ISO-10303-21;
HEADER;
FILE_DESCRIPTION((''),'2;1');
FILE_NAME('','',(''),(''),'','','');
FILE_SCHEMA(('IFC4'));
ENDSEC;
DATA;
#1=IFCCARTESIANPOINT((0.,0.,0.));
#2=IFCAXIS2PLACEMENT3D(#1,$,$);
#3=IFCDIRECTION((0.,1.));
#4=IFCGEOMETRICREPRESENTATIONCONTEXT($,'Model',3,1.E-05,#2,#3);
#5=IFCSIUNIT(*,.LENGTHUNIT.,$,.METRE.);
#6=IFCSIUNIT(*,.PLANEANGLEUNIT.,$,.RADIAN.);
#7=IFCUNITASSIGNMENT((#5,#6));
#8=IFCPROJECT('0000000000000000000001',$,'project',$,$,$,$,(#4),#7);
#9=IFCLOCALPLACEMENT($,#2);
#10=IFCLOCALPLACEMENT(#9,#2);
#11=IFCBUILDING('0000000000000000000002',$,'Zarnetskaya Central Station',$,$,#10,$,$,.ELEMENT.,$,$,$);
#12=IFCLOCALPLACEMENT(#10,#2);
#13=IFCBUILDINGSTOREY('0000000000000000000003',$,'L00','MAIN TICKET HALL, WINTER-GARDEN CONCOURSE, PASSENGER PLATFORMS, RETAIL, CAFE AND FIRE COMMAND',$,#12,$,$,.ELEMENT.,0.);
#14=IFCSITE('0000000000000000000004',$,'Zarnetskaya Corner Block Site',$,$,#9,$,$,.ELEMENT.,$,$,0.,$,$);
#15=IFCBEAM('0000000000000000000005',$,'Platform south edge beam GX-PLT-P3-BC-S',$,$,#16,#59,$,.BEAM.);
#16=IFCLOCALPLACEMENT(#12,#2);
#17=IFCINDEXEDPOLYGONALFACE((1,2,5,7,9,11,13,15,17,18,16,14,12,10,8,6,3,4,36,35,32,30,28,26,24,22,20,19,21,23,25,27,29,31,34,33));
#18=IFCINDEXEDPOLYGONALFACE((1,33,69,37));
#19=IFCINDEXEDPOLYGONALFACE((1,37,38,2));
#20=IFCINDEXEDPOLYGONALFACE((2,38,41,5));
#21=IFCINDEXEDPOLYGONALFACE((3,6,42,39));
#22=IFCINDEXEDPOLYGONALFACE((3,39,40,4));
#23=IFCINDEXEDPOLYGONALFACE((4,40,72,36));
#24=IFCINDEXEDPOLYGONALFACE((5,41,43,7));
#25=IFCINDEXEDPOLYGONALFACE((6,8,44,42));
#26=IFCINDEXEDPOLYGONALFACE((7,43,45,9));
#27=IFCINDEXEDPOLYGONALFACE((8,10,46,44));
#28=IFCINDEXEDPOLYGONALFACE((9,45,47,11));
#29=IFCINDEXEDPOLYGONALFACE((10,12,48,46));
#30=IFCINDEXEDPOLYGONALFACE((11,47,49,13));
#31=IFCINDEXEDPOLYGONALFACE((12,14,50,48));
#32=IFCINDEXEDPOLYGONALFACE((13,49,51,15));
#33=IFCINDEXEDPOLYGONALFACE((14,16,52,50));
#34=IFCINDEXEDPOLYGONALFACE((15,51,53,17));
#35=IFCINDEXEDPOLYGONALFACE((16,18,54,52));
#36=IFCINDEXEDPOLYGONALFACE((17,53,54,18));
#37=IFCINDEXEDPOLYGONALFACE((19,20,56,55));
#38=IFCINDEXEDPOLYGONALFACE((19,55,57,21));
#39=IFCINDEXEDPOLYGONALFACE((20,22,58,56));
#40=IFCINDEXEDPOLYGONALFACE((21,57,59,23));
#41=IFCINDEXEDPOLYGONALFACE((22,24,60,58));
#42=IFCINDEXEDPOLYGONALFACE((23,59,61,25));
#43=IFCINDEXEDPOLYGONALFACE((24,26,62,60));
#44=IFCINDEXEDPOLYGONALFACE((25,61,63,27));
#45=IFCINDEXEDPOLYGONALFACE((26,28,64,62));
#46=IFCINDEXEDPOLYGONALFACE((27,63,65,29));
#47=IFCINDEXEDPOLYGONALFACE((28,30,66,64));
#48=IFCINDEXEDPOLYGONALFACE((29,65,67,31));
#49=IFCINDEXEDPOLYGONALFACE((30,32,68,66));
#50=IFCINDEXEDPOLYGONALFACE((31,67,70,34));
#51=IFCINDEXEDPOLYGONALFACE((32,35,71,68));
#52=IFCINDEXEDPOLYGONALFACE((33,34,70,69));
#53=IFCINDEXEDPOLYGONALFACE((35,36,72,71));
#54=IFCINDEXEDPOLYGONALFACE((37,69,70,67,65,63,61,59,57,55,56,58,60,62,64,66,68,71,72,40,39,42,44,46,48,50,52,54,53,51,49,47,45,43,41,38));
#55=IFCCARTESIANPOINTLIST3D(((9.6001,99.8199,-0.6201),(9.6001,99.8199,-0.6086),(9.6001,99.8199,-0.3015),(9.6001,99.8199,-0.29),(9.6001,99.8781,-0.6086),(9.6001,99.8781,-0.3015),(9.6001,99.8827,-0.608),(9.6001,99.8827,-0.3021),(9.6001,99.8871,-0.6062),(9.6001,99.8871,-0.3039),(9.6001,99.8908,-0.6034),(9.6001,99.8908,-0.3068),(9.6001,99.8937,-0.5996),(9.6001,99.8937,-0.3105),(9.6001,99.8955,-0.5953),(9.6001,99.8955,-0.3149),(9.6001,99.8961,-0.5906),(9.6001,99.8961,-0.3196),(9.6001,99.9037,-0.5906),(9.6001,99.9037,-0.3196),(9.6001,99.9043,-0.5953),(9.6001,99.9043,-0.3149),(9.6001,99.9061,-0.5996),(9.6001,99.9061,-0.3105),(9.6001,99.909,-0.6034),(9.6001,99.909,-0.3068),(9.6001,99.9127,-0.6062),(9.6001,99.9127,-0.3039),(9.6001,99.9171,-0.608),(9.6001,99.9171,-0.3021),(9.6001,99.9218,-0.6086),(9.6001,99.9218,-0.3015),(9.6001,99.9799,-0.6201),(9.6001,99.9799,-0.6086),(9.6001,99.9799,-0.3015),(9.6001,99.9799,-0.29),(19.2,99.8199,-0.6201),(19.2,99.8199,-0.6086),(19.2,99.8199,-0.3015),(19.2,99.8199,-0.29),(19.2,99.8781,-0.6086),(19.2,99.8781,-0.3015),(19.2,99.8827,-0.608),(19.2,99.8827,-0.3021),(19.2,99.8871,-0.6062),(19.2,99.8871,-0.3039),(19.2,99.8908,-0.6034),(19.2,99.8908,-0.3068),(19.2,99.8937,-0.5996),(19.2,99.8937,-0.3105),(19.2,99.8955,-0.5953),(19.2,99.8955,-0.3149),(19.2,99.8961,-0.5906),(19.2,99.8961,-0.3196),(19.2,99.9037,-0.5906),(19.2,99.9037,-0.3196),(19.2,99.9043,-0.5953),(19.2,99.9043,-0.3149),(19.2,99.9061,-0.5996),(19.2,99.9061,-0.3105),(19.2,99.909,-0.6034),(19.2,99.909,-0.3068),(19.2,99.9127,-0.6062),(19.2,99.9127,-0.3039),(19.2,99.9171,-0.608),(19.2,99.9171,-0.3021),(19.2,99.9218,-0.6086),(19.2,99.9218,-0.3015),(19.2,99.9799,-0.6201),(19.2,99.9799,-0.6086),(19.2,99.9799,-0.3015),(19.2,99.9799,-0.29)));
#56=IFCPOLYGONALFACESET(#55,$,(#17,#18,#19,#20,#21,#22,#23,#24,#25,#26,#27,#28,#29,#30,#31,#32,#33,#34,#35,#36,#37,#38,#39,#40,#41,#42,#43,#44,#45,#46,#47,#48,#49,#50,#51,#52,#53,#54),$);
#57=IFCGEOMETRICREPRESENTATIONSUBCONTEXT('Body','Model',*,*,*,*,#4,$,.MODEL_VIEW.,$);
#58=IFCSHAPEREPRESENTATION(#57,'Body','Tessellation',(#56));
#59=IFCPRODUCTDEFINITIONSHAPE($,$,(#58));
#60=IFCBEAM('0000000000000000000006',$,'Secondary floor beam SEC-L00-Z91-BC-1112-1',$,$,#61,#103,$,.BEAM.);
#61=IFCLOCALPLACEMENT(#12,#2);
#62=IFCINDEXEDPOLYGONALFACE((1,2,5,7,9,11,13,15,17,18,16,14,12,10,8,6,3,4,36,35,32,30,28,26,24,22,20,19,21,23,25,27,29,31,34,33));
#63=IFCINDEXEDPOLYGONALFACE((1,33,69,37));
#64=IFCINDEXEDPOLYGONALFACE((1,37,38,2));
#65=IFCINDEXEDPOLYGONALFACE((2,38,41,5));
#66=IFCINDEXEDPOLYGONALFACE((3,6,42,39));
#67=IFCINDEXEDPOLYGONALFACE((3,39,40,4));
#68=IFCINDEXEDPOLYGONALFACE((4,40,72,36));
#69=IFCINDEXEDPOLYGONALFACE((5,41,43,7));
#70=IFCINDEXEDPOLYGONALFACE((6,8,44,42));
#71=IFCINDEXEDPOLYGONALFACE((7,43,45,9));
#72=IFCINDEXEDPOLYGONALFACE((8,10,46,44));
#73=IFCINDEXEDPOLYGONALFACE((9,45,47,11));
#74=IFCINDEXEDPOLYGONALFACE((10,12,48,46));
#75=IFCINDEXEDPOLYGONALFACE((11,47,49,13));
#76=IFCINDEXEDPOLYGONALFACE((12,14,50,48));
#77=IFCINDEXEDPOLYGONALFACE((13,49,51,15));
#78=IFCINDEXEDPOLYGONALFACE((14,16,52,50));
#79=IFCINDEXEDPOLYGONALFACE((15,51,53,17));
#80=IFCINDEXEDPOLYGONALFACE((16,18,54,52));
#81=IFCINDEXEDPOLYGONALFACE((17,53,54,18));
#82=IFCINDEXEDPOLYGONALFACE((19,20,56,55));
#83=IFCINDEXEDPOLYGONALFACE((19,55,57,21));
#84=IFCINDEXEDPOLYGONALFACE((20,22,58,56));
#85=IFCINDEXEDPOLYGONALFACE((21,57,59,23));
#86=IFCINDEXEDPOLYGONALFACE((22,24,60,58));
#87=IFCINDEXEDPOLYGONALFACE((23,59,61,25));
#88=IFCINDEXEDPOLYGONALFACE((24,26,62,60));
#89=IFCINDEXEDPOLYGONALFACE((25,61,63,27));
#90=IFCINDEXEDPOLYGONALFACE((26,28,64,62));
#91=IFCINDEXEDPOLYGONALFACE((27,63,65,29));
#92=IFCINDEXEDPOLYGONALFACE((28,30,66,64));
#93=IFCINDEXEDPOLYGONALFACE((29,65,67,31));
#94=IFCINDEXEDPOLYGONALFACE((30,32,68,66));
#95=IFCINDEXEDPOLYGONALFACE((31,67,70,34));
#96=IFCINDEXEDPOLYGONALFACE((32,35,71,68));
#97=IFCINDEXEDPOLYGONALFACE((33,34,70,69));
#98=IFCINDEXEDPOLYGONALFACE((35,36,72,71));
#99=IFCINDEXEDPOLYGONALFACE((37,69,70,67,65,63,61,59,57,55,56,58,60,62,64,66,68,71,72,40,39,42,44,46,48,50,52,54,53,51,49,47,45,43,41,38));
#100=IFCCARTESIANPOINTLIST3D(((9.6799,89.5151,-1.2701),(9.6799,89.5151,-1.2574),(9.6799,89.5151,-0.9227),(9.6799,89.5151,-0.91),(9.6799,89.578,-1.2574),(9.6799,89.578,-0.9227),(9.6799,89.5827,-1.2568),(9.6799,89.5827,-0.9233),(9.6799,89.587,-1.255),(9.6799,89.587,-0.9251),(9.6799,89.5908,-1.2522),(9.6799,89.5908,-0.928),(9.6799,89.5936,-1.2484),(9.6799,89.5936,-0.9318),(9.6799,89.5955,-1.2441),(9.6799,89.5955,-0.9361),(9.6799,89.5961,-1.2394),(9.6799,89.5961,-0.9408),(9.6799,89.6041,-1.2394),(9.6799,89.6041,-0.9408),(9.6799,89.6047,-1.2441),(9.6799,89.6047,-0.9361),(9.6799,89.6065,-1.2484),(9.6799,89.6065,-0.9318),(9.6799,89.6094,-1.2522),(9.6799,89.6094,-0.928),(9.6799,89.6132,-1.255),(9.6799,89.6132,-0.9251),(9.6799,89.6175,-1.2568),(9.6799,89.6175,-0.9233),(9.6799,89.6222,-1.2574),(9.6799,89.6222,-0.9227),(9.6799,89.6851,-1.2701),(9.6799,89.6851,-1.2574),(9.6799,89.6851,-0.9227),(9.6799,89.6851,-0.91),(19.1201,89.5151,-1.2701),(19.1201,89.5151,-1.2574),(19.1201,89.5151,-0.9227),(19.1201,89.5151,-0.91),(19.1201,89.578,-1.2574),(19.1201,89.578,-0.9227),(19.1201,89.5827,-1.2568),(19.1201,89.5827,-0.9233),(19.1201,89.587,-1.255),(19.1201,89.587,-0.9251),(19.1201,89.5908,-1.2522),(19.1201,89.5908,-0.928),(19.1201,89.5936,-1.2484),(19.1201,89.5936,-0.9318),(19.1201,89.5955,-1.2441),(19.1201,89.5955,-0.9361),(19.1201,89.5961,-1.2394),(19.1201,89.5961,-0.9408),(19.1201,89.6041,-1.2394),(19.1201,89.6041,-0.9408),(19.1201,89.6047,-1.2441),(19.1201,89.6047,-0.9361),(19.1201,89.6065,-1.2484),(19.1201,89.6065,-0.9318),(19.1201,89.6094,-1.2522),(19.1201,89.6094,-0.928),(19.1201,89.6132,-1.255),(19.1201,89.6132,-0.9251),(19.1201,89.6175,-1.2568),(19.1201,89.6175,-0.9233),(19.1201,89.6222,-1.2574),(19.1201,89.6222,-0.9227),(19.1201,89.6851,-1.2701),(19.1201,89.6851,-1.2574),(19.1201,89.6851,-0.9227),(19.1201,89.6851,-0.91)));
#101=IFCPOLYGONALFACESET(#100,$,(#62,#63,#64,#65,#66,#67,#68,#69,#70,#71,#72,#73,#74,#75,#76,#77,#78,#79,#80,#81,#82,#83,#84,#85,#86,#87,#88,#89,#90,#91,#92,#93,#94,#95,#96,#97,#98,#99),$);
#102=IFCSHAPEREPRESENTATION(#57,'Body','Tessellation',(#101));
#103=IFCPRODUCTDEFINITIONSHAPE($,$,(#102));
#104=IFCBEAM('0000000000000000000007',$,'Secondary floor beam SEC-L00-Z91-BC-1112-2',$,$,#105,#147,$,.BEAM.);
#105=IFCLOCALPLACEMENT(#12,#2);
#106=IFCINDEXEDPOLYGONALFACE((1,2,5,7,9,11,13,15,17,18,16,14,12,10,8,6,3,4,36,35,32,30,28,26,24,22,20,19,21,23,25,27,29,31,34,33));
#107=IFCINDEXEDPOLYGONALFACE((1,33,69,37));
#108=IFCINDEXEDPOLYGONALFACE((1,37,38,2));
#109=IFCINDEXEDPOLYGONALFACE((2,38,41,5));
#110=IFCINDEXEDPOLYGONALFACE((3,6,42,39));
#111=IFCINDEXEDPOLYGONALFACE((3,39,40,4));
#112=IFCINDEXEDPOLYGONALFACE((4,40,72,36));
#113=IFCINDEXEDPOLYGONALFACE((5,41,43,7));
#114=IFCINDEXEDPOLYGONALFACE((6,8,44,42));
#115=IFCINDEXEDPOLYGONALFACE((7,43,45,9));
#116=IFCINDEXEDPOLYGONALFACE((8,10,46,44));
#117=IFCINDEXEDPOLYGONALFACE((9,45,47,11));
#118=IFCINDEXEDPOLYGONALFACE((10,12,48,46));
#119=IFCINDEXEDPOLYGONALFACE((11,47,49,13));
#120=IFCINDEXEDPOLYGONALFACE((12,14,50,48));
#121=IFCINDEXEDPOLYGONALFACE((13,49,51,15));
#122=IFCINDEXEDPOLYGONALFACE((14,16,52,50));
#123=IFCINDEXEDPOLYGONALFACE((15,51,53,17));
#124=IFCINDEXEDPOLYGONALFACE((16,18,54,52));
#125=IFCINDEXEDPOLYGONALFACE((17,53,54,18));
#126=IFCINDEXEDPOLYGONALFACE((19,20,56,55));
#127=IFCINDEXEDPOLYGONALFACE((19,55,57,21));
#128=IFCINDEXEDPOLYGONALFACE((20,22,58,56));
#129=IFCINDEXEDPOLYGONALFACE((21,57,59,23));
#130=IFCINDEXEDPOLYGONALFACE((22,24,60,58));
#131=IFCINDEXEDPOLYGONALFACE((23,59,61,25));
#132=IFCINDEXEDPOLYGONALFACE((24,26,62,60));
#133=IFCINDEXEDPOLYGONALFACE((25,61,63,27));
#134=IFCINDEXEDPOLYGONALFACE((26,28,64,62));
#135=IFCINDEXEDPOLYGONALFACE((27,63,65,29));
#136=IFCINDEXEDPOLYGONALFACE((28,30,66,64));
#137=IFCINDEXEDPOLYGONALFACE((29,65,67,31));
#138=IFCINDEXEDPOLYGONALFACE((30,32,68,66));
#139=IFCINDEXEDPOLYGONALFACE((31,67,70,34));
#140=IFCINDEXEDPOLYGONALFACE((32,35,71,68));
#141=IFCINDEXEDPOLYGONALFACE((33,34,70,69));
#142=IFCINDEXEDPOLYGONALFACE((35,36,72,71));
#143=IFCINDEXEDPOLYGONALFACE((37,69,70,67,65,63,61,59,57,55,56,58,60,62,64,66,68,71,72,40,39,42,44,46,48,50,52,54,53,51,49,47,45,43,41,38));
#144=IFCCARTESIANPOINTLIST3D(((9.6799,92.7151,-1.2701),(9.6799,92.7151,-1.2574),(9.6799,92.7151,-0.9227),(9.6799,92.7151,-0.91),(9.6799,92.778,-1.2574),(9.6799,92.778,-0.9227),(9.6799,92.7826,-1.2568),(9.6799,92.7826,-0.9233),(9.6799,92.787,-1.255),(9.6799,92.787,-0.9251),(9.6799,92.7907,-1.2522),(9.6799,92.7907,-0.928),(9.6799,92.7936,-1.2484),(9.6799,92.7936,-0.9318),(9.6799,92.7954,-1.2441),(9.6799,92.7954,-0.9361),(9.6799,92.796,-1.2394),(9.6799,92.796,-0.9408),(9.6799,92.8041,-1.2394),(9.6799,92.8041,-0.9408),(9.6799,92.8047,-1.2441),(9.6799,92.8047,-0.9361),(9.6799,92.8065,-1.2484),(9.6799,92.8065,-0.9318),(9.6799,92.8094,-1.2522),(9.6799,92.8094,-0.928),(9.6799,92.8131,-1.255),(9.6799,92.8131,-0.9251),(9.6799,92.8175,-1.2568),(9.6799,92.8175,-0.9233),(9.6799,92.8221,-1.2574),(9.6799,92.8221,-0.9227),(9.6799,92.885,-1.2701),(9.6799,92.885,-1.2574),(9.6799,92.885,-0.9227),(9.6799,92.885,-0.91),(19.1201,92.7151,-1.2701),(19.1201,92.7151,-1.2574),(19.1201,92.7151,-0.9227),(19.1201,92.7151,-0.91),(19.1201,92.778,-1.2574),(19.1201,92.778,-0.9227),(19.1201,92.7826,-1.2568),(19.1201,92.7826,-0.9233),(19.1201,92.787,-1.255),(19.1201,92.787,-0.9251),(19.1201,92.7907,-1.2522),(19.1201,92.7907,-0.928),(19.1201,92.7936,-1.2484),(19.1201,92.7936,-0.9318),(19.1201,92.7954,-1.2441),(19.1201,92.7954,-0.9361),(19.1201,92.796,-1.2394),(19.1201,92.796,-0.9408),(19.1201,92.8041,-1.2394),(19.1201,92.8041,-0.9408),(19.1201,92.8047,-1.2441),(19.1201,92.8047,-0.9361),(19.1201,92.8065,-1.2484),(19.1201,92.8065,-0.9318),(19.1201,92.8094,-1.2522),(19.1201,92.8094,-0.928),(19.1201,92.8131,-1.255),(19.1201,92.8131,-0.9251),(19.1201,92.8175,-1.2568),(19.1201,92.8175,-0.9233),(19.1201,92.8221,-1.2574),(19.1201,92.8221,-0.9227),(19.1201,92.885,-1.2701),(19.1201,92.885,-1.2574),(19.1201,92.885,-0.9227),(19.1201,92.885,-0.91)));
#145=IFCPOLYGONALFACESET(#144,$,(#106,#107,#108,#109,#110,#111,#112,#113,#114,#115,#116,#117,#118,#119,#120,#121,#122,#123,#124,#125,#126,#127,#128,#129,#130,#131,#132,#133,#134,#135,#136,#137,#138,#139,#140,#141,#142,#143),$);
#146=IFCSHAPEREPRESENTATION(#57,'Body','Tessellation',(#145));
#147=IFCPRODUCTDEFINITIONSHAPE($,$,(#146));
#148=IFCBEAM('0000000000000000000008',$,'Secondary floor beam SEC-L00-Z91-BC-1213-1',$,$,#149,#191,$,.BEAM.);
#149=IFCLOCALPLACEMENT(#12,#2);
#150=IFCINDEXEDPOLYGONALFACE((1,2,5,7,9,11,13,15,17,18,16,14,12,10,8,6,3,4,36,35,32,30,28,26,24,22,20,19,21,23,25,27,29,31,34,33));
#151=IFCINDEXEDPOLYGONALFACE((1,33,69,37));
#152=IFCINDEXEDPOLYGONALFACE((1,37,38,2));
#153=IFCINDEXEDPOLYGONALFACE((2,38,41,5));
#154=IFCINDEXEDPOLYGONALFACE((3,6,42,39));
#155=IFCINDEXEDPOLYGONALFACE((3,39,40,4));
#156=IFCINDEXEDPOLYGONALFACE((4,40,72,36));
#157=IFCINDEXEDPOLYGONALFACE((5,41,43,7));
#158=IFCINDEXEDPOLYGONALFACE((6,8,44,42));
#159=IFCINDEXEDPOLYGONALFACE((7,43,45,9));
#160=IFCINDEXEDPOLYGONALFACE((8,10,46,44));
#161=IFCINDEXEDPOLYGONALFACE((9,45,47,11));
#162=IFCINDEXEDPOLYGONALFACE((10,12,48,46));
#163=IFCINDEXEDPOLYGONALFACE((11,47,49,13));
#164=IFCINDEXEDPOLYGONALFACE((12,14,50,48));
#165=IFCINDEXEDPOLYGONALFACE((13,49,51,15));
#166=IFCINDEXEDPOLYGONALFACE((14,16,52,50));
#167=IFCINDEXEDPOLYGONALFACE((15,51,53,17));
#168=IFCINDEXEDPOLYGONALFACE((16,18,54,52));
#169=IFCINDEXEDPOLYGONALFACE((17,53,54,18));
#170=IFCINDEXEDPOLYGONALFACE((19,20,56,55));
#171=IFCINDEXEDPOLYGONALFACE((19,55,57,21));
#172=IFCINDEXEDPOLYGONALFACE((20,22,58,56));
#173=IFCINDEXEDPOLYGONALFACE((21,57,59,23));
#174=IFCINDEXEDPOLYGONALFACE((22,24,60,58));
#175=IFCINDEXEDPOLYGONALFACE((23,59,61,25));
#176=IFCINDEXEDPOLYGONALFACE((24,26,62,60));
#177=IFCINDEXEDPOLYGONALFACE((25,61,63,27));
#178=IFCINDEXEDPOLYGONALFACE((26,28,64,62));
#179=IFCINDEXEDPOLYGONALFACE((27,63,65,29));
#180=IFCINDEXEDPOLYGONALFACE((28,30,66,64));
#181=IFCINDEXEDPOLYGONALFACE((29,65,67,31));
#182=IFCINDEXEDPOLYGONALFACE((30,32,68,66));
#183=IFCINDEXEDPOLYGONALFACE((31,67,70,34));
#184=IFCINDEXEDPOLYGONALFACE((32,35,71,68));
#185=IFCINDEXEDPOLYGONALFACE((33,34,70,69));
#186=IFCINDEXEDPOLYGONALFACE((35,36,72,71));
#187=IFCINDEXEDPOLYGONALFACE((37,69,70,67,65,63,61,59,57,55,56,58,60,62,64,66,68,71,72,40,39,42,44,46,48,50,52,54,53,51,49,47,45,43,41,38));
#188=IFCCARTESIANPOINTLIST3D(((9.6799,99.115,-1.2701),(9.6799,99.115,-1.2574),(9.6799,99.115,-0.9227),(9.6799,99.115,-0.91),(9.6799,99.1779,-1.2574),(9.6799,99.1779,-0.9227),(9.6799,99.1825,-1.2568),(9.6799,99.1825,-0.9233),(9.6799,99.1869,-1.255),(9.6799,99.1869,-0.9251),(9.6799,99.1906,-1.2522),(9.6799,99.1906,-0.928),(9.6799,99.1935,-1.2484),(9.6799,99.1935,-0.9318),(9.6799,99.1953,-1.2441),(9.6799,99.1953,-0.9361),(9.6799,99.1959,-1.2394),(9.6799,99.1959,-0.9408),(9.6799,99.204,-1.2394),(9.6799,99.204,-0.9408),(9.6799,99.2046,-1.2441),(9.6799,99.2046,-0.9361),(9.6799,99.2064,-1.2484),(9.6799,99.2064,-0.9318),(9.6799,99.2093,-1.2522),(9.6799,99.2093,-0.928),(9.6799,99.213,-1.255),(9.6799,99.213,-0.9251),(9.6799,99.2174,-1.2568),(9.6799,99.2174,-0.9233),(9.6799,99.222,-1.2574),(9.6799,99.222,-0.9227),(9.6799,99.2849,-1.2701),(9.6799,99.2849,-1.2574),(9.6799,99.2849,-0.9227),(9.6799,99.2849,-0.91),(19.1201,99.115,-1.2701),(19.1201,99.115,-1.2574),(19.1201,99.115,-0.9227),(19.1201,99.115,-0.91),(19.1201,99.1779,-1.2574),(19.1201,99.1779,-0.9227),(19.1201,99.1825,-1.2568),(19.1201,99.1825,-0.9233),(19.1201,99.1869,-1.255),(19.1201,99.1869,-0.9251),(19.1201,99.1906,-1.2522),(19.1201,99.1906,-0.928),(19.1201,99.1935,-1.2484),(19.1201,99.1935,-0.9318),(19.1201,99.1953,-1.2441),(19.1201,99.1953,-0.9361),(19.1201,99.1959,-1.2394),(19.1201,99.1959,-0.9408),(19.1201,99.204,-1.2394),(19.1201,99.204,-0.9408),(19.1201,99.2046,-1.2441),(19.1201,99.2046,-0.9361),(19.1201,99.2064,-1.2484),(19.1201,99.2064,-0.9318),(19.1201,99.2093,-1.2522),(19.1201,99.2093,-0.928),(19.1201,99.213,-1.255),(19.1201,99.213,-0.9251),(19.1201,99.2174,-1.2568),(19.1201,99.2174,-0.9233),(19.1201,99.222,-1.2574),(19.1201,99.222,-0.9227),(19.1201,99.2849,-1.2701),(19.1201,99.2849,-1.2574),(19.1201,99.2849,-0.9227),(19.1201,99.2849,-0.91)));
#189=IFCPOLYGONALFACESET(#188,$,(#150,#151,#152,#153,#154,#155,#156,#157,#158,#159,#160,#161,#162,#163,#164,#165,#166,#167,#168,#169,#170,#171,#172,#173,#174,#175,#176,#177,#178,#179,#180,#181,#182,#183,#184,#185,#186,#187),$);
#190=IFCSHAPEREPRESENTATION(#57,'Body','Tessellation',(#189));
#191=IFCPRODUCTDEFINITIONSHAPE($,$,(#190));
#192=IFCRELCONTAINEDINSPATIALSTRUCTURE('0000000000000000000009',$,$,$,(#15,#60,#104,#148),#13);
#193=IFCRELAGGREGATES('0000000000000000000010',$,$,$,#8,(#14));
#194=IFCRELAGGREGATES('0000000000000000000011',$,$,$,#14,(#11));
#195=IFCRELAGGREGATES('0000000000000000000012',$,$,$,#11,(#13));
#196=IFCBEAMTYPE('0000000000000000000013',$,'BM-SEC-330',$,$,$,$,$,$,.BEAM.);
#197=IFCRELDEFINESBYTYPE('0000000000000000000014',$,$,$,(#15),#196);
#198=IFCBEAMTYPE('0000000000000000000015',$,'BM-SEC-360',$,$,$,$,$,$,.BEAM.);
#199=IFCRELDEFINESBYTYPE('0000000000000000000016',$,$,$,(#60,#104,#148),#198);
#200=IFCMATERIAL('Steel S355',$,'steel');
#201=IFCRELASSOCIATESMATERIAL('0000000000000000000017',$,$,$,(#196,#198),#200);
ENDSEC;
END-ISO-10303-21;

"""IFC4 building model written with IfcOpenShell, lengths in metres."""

from ifc_helpers import new_model, si_unit, direction, frame, origin, origin_2d, place, context, subcontext, project, spatial, i_section, extrude, material, material_profile, profile_set, type_object, element, save


model = new_model("IFC4")

# Units and contexts
model_context = context("Model", 3, precision=1e-05, world=origin(), true_north=direction((0.0, 1.0)))
body_context = subcontext(model_context, "Body", "Model", "MODEL_VIEW")
ifc_project = project(units=[si_unit("LENGTHUNIT", "METRE"), si_unit("PLANEANGLEUNIT", "RADIAN")], contexts=[model_context])

# Site, building, storey
site_placement = place(None, origin())
site = spatial("IfcSite", under=ifc_project, at=site_placement, Name="Zarnetskaya Corner Block Site", CompositionType="ELEMENT", RefElevation=0.0)
building_placement = place(site_placement, origin())
building = spatial("IfcBuilding", under=site, at=building_placement, Name="Zarnetskaya Central Station", CompositionType="ELEMENT")
storey_placement = place(building_placement, origin())
storey = spatial("IfcBuildingStorey", under=building, at=storey_placement, Name="L00", Description="MAIN TICKET HALL, WINTER-GARDEN CONCOURSE, PASSENGER PLATFORMS, RETAIL, CAFE AND FIRE COMMAND", CompositionType="ELEMENT", Elevation=0.0)

# Shared definitions
ifc_material = material(Name="Steel S355", Category="steel")

# Beams
ifc_material_profile_1 = material_profile(ifc_material, i_section(OverallWidth=0.1599, OverallDepth=0.3301, WebThickness=0.0076, FlangeThickness=0.0115, FilletRadius=0.0181, at=origin_2d()), Name="IPE 330")
ifc_profile_set_1 = profile_set([ifc_material_profile_1], Name="Steel S355")
beam_type_1 = type_object("IfcBeamType", Name="BM-SEC-330", PredefinedType="BEAM", material=ifc_profile_set_1)
beam_1_placement = place(storey_placement, frame((9.6001, 99.8999, -0.4551), z_axis=(1.0, 0.0, 0.0), x_axis=(0.0, 1.0, 0.0)))
element("IfcBeam", 1, at=beam_1_placement, inside=storey, type_object=beam_type_1, Name="Platform south edge beam GX-PLT-P3-BC-S", PredefinedType="BEAM", context=body_context, shape_type="SweptSolid", body=[
    extrude(i_section(OverallWidth=0.1599, OverallDepth=0.3301, WebThickness=0.0076, FlangeThickness=0.0115, FilletRadius=0.0181, at=origin_2d()), origin(), (0.0, 0.0, 1.0), 9.5999),
])
ifc_material_profile_2 = material_profile(ifc_material, i_section(OverallWidth=0.1699, OverallDepth=0.3601, WebThickness=0.0081, FlangeThickness=0.0127, FilletRadius=0.0181, at=origin_2d()), Name="IPE 360")
ifc_profile_set_2 = profile_set([ifc_material_profile_2], Name="Steel S355")
beam_type_2 = type_object("IfcBeamType", Name="BM-SEC-360", PredefinedType="BEAM", material=ifc_profile_set_2)
for number, where, z_axis, x_axis, name in (
    (2, (9.6799, 89.6001, -1.0901), (1.0, 0.0, 0.0), (0.0, 1.0, 0.0), "Secondary floor beam SEC-L00-Z91-BC-1112-1"),
    (3, (9.6799, 92.8, -1.0901), (1.0, 0.0, 0.0), (0.0, 1.0, 0.0), "Secondary floor beam SEC-L00-Z91-BC-1112-2"),
    (4, (9.6799, 99.2, -1.0901), (1.0, 0.0, 0.0), (0.0, 1.0, 0.0), "Secondary floor beam SEC-L00-Z91-BC-1213-1"),
):
    element("IfcBeam", number, at=place(storey_placement, frame(where, z_axis=z_axis, x_axis=x_axis)), inside=storey, type_object=beam_type_2, Name=name, PredefinedType="BEAM", context=body_context, shape_type="SweptSolid", body=[
        extrude(i_section(OverallWidth=0.1699, OverallDepth=0.3601, WebThickness=0.0081, FlangeThickness=0.0127, FilletRadius=0.0181, at=origin_2d()), origin(), (0.0, 0.0, 1.0), 9.4402),
    ])

save(model, "model.ifc")
